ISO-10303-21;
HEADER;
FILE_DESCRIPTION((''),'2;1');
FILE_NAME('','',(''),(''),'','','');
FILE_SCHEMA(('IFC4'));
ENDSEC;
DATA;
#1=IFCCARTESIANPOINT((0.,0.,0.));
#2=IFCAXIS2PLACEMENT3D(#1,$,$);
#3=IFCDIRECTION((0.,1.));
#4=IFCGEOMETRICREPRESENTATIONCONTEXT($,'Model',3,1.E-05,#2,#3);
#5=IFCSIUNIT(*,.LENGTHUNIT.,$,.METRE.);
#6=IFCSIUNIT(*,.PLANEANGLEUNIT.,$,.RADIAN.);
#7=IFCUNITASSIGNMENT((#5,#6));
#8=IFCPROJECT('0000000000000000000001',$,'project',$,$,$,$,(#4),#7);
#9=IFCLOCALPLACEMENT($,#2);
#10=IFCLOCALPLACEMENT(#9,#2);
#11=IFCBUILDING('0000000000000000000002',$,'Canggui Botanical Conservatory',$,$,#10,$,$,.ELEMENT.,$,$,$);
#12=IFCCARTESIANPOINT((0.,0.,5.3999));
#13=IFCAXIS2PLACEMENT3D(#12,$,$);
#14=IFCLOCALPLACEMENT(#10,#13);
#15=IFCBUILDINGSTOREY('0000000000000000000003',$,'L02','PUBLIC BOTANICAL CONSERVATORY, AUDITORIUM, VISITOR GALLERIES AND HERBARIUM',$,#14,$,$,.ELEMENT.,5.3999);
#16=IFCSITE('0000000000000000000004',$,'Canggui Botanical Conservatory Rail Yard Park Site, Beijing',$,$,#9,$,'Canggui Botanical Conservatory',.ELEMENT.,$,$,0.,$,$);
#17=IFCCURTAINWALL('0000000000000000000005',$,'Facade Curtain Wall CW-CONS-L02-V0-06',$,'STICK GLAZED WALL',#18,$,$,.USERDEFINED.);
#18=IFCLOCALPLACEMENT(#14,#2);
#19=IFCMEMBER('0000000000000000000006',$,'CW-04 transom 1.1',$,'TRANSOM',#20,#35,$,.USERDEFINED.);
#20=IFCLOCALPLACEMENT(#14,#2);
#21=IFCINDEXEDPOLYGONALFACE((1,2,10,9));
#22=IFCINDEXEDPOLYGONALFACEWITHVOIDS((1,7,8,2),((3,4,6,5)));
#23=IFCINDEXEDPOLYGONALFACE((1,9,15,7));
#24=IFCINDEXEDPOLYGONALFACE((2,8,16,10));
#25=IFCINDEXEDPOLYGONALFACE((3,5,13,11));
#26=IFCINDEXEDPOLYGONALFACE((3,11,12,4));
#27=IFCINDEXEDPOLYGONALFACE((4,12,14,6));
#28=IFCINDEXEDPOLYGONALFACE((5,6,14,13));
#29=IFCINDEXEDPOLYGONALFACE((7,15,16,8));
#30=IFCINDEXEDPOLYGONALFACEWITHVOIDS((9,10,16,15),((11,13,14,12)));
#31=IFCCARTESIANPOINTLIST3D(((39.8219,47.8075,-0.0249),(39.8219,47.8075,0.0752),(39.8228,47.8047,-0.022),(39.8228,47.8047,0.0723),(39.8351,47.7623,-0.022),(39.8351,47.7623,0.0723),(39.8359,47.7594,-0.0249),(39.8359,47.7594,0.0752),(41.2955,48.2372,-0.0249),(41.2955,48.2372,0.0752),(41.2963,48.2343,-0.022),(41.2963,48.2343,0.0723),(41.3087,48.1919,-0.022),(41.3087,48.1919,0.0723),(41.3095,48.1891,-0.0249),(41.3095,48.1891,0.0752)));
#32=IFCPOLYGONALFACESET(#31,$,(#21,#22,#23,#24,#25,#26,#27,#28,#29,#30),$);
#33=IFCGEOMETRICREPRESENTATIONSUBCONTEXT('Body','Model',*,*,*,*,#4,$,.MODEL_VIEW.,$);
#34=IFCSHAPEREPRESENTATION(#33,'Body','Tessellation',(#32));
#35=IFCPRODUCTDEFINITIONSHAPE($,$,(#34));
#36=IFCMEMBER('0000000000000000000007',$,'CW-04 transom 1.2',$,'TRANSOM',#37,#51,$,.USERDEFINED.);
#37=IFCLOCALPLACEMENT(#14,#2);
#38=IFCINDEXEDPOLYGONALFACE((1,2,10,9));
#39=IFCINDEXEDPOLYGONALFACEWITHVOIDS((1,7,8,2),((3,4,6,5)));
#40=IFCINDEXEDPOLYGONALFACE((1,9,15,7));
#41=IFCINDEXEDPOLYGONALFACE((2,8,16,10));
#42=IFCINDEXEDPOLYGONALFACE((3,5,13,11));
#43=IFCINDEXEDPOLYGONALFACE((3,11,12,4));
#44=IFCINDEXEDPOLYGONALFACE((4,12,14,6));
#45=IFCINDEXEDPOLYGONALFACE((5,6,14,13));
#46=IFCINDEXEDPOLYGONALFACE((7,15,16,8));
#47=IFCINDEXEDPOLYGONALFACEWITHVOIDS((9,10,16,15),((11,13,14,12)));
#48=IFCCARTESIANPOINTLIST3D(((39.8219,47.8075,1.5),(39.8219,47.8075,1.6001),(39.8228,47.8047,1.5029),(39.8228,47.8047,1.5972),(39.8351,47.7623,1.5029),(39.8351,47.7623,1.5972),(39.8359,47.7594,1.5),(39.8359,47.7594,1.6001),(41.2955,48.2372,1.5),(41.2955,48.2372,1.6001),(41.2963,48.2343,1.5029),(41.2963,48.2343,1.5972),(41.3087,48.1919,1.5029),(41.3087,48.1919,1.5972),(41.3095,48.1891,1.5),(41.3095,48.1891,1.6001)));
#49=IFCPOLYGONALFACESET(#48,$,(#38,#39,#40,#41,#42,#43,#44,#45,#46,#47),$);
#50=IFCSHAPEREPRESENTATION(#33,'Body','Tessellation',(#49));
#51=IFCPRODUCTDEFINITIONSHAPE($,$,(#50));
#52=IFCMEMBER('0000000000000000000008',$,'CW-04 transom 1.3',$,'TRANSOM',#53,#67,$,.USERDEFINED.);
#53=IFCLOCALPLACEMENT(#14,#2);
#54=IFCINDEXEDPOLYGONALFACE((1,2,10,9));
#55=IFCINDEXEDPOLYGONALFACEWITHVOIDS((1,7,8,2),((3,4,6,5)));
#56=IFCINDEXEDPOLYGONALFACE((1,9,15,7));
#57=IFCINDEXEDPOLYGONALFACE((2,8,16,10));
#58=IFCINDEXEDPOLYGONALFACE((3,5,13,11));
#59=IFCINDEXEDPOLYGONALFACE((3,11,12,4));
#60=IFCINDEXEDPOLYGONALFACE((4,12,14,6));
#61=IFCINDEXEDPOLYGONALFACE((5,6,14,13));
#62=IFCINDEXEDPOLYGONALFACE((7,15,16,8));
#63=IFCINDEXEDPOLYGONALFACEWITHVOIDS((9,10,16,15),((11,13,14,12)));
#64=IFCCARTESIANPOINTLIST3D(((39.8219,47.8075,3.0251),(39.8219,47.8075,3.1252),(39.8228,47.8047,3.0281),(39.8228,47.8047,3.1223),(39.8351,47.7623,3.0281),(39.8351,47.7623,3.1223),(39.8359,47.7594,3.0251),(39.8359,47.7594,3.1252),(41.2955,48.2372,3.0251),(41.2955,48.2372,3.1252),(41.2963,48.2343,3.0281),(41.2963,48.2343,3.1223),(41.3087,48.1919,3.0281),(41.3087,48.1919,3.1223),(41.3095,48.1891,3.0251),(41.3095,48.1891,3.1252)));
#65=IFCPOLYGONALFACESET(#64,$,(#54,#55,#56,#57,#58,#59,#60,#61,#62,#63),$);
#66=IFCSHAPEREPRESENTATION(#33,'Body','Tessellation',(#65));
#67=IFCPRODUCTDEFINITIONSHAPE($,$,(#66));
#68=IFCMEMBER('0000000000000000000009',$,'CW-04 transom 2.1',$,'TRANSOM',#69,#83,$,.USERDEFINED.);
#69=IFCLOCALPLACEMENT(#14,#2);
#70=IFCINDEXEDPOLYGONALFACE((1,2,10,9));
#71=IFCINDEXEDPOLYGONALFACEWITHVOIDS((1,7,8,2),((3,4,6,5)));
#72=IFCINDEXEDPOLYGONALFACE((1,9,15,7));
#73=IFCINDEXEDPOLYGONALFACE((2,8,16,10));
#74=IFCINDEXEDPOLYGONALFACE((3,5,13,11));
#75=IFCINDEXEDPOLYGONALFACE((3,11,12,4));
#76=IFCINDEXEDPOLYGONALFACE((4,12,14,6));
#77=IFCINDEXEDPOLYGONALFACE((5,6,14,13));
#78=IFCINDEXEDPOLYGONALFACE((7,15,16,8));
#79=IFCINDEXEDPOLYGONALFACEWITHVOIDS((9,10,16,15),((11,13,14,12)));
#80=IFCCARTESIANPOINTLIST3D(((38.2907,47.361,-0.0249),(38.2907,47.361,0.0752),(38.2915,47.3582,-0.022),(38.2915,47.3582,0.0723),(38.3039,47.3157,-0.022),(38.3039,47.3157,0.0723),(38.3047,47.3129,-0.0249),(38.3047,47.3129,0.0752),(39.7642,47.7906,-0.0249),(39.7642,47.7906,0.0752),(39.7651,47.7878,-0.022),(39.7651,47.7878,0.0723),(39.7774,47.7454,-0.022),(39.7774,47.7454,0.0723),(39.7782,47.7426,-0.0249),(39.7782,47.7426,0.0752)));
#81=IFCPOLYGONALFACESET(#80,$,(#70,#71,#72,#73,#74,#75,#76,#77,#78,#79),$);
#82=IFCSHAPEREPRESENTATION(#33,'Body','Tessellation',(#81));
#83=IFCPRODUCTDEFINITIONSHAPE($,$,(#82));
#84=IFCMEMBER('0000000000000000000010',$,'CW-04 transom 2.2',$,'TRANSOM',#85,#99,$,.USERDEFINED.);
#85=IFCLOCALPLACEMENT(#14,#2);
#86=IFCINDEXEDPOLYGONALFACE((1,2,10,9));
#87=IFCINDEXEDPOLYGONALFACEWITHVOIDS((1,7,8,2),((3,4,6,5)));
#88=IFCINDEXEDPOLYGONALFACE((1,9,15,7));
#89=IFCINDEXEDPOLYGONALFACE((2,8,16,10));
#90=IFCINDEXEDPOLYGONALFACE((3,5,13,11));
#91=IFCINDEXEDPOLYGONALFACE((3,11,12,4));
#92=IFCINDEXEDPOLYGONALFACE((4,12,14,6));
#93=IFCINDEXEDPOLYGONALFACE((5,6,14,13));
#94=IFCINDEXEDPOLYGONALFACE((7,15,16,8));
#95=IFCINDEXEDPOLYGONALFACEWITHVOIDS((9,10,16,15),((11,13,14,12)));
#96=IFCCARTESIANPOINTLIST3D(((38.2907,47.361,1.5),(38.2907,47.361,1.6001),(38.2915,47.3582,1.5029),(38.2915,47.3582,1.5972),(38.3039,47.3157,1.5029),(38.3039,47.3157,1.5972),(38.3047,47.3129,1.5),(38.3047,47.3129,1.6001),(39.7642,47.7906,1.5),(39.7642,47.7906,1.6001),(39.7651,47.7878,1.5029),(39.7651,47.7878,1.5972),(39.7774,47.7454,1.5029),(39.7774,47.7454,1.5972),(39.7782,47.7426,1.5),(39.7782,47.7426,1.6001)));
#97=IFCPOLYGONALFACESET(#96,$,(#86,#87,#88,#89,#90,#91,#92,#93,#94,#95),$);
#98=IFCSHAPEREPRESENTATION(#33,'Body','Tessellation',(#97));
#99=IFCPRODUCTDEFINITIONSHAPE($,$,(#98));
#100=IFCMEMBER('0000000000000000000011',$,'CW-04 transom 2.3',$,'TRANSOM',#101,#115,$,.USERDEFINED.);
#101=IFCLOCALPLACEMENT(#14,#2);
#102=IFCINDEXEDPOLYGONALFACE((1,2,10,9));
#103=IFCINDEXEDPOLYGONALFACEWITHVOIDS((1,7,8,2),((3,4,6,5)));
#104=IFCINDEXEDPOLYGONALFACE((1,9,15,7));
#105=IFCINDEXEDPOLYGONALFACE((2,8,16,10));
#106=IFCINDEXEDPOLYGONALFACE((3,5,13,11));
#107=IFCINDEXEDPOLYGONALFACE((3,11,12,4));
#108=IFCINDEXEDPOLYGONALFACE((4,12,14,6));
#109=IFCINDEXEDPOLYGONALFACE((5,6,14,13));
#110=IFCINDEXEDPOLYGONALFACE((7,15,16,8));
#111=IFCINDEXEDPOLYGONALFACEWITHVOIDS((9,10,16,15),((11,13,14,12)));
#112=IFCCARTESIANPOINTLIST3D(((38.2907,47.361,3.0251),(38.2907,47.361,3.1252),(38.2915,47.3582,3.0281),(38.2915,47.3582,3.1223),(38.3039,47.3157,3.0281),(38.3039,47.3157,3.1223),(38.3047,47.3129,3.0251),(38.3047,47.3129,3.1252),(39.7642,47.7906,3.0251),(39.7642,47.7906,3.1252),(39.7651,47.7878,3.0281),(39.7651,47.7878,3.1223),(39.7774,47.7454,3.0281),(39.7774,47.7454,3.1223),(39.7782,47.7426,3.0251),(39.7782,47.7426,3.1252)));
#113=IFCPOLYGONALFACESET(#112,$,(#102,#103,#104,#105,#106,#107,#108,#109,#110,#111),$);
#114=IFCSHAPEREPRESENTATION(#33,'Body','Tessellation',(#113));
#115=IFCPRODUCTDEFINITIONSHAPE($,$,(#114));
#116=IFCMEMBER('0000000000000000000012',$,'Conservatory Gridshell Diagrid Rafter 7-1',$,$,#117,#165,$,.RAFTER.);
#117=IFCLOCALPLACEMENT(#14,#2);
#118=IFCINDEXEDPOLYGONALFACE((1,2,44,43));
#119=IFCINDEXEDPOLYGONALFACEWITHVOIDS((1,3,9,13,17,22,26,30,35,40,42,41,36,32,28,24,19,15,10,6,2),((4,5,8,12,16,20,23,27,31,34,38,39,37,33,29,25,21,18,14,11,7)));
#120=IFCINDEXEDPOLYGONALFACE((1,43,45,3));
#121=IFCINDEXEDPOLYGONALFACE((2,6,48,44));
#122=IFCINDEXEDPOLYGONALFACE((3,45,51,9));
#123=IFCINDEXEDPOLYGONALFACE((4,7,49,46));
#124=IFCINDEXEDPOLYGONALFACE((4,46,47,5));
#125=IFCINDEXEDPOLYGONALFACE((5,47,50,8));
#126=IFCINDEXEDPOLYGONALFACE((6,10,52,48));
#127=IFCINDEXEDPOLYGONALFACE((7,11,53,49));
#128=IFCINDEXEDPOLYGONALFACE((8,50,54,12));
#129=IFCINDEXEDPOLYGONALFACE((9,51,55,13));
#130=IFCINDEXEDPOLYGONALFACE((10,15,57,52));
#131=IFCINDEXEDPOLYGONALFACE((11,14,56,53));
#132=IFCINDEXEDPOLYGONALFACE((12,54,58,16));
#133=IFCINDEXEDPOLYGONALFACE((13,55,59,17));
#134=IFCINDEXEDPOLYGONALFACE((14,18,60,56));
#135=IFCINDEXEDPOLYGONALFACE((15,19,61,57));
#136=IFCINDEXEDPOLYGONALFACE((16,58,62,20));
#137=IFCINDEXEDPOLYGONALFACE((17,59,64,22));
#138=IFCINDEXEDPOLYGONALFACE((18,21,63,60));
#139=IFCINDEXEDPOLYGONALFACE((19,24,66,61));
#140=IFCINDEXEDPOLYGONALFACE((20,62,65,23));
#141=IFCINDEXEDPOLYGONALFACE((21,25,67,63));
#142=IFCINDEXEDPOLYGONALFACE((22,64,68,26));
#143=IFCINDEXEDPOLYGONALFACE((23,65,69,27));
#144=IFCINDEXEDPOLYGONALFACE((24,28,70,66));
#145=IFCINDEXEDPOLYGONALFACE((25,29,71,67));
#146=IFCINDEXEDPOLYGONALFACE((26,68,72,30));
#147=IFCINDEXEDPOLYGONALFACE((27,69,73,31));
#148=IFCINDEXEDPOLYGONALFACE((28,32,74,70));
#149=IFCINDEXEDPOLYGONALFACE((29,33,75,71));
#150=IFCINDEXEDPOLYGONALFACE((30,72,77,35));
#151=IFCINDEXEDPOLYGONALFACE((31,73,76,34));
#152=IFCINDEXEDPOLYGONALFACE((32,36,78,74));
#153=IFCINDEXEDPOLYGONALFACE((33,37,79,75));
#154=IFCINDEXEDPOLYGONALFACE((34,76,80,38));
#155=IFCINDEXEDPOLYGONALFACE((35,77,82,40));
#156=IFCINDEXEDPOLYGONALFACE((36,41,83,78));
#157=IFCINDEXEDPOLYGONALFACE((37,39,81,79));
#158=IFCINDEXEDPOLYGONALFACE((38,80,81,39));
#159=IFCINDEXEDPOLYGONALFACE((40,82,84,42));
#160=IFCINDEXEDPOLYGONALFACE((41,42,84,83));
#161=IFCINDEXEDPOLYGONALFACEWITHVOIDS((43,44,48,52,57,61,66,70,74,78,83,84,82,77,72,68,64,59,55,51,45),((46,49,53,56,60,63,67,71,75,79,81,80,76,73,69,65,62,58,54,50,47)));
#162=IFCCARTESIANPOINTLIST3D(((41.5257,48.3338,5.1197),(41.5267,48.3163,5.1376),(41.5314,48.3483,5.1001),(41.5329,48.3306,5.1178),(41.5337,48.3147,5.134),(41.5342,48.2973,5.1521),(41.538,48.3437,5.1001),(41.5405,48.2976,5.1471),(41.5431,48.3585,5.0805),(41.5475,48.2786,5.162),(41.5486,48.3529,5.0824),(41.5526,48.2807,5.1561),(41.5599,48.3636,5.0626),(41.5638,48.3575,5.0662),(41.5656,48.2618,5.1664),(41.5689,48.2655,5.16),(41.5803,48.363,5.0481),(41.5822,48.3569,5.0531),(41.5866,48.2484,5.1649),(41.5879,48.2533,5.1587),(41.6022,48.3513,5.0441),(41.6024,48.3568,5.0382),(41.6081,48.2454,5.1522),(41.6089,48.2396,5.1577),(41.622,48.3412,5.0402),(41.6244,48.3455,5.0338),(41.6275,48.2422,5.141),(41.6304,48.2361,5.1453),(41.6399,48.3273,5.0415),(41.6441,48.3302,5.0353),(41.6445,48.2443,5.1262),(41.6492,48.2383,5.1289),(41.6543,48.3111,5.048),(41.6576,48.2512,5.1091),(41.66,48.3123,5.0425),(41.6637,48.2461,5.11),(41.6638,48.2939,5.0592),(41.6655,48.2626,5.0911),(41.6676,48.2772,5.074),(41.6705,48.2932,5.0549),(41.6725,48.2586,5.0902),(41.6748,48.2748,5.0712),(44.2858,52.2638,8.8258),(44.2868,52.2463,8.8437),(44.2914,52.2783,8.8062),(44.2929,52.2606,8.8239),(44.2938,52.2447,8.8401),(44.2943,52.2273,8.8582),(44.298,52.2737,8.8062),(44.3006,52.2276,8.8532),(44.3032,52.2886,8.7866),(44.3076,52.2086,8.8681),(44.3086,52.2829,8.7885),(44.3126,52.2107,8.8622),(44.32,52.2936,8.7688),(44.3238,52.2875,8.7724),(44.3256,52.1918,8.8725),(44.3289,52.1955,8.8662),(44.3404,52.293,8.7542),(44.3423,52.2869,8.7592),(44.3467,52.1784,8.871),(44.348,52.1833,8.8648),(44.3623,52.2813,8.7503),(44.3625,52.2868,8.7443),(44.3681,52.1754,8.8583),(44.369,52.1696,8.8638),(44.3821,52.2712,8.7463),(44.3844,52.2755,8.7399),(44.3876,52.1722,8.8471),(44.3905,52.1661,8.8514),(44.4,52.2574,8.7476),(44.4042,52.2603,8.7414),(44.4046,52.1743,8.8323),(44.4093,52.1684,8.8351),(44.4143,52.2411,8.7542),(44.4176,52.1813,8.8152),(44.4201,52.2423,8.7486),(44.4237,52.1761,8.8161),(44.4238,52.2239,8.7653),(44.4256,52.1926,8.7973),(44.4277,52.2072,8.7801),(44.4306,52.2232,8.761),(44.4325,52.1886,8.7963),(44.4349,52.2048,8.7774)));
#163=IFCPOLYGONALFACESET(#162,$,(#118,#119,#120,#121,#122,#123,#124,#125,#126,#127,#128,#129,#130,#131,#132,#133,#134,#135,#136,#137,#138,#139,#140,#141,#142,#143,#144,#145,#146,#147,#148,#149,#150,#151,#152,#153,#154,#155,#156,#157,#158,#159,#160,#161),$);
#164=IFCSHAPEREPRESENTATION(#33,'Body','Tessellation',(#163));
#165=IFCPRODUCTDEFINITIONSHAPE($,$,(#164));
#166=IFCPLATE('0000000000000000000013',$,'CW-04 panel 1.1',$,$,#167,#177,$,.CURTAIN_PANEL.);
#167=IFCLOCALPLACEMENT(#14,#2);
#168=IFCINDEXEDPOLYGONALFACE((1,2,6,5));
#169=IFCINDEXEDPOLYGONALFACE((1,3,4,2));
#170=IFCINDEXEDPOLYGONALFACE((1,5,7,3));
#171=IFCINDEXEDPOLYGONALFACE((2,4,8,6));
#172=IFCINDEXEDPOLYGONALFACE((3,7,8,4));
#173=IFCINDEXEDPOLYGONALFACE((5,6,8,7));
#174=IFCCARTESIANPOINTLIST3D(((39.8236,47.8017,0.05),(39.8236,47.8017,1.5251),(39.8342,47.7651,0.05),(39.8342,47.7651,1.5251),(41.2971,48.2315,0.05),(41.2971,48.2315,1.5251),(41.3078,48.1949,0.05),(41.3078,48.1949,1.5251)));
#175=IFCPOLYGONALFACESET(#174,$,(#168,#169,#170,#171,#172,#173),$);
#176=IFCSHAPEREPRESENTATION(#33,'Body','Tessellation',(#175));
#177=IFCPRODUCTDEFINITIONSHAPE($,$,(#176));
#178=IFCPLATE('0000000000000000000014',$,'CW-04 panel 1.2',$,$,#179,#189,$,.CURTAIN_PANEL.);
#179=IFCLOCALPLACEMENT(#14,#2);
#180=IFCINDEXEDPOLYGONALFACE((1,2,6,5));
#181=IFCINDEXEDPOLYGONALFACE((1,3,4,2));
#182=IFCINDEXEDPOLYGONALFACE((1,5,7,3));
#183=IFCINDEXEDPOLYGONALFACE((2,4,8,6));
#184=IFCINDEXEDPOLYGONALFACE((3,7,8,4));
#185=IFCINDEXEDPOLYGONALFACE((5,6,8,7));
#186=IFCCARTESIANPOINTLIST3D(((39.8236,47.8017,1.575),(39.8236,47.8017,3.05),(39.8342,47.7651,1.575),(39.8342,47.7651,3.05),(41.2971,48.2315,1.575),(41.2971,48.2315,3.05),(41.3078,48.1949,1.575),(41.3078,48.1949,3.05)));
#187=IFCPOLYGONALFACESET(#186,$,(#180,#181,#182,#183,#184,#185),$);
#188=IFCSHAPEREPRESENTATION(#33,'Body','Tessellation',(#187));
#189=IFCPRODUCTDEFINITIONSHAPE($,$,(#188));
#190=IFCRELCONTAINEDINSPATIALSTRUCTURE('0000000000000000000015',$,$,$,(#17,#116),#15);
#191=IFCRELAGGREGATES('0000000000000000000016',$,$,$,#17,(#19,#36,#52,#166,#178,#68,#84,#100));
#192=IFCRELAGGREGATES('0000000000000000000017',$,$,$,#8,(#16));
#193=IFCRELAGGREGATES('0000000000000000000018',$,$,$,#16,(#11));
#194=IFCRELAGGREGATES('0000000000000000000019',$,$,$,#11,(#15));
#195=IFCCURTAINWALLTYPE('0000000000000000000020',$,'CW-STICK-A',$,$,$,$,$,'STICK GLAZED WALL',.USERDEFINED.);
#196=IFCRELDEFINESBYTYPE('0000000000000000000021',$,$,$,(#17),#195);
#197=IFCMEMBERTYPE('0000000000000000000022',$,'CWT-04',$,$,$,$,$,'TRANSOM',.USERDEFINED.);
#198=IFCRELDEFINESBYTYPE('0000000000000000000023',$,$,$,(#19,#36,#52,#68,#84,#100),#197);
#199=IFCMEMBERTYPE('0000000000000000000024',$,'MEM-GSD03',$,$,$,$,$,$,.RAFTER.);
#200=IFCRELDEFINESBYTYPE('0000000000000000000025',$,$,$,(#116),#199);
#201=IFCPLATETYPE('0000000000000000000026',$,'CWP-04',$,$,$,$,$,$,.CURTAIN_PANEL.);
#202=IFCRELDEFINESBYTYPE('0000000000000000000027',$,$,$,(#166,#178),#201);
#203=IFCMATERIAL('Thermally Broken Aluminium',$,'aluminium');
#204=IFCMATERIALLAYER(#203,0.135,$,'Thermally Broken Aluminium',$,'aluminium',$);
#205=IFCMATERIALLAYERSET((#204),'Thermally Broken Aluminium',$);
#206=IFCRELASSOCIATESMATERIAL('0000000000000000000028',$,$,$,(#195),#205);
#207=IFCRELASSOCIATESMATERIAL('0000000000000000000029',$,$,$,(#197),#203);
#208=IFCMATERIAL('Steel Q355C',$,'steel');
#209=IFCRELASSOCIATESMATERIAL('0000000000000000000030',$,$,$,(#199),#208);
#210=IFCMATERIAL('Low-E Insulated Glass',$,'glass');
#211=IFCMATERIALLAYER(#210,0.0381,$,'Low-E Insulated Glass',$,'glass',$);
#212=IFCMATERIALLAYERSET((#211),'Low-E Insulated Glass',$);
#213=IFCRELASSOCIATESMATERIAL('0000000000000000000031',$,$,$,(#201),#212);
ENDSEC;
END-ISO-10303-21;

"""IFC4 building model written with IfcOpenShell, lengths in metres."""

from ifc_helpers import new_model, si_unit, direction, frame, origin, origin_2d, place, context, subcontext, project, spatial, rectangle, hollow_rectangle, hollow_circle, extrude, material, layer, layer_set, material_profile, profile_set, type_object, element, aggregate, save


model = new_model("IFC4")

# Units and contexts
model_context = context("Model", 3, precision=1e-05, world=origin(), true_north=direction((0.0, 1.0)))
body_context = subcontext(model_context, "Body", "Model", "MODEL_VIEW")
ifc_project = project(units=[si_unit("LENGTHUNIT", "METRE"), si_unit("PLANEANGLEUNIT", "RADIAN")], contexts=[model_context])

# Site, building, storey
site_placement = place(None, origin())
site = spatial("IfcSite", under=ifc_project, at=site_placement, Name="Canggui Botanical Conservatory Rail Yard Park Site, Beijing", LongName="Canggui Botanical Conservatory", CompositionType="ELEMENT", RefElevation=0.0)
building_placement = place(site_placement, origin())
building = spatial("IfcBuilding", under=site, at=building_placement, Name="Canggui Botanical Conservatory", CompositionType="ELEMENT")
storey_placement = place(building_placement, frame((0.0, 0.0, 5.3999)))
storey = spatial("IfcBuildingStorey", under=building, at=storey_placement, Name="L02", Description="PUBLIC BOTANICAL CONSERVATORY, AUDITORIUM, VISITOR GALLERIES AND HERBARIUM", CompositionType="ELEMENT", Elevation=5.3999)

# Shared definitions
ifc_material_1 = material(Name="Steel Q355C", Category="steel")

# Curtain wall
ifc_material_2 = material(Name="Thermally Broken Aluminium", Category="aluminium")
ifc_layer_1 = layer(ifc_material_2, 0.135, Name="Thermally Broken Aluminium", Category="aluminium")
ifc_layer_set_1 = layer_set([ifc_layer_1], Name="Thermally Broken Aluminium")
curtain_wall_type_1 = type_object("IfcCurtainWallType", Name="CW-STICK-A", ElementType="STICK GLAZED WALL", PredefinedType="USERDEFINED", material=ifc_layer_set_1)
curtain_wall_1_placement = place(storey_placement, origin())
curtain_wall_1 = element("IfcCurtainWall", 1, at=curtain_wall_1_placement, inside=storey, type_object=curtain_wall_type_1, Name="Facade Curtain Wall CW-CONS-L02-V0-06", ObjectType="STICK GLAZED WALL", PredefinedType="USERDEFINED")

# Members
ifc_material_profile_1 = material_profile(ifc_material_2, hollow_rectangle(XDim=0.05, YDim=0.1001, WallThickness=0.0029, at=origin_2d()), Name="CWT 50x100x3")
ifc_profile_set_1 = profile_set([ifc_material_profile_1], Name="Thermally Broken Aluminium")
member_type_1 = type_object("IfcMemberType", Name="CWT-04", ElementType="TRANSOM", PredefinedType="USERDEFINED", material=ifc_profile_set_1)
member_1_placement = place(storey_placement, frame((41.3025, 48.2131, 0.0251), z_axis=(-0.960021, -0.279927, 0.0), x_axis=(0.279927, -0.960021, 0.0)))
member_1 = element("IfcMember", 2, at=member_1_placement, type_object=member_type_1, Name="CW-04 transom 1.1", ObjectType="TRANSOM", PredefinedType="USERDEFINED", context=body_context, shape_type="SweptSolid", body=[
    extrude(hollow_rectangle(XDim=0.05, YDim=0.1001, WallThickness=0.0029, at=origin_2d()), origin(), (0.0, 0.0, 1.0), 1.5349),
])
member_2_placement = place(storey_placement, frame((41.3025, 48.2131, 1.55), z_axis=(-0.960021, -0.279927, 0.0), x_axis=(0.279927, -0.960021, 0.0)))
member_2 = element("IfcMember", 3, at=member_2_placement, type_object=member_type_1, Name="CW-04 transom 1.2", ObjectType="TRANSOM", PredefinedType="USERDEFINED", context=body_context, shape_type="SweptSolid", body=[
    extrude(hollow_rectangle(XDim=0.05, YDim=0.1001, WallThickness=0.0029, at=origin_2d()), origin(), (0.0, 0.0, 1.0), 1.5349),
])
member_3_placement = place(storey_placement, frame((41.3025, 48.2131, 3.0752), z_axis=(-0.960021, -0.279927, 0.0), x_axis=(0.279927, -0.960021, 0.0)))
member_3 = element("IfcMember", 4, at=member_3_placement, type_object=member_type_1, Name="CW-04 transom 1.3", ObjectType="TRANSOM", PredefinedType="USERDEFINED", context=body_context, shape_type="SweptSolid", body=[
    extrude(hollow_rectangle(XDim=0.05, YDim=0.1001, WallThickness=0.0029, at=origin_2d()), origin(), (0.0, 0.0, 1.0), 1.5349),
])
member_4_placement = place(storey_placement, frame((39.7712, 47.7666, 0.0251), z_axis=(-0.960021, -0.279927, 0.0), x_axis=(0.279927, -0.960021, 0.0)))
member_4 = element("IfcMember", 5, at=member_4_placement, type_object=member_type_1, Name="CW-04 transom 2.1", ObjectType="TRANSOM", PredefinedType="USERDEFINED", context=body_context, shape_type="SweptSolid", body=[
    extrude(hollow_rectangle(XDim=0.05, YDim=0.1001, WallThickness=0.0029, at=origin_2d()), origin(), (0.0, 0.0, 1.0), 1.5349),
])
member_5_placement = place(storey_placement, frame((39.7712, 47.7666, 1.55), z_axis=(-0.960021, -0.279927, 0.0), x_axis=(0.279927, -0.960021, 0.0)))
member_5 = element("IfcMember", 6, at=member_5_placement, type_object=member_type_1, Name="CW-04 transom 2.2", ObjectType="TRANSOM", PredefinedType="USERDEFINED", context=body_context, shape_type="SweptSolid", body=[
    extrude(hollow_rectangle(XDim=0.05, YDim=0.1001, WallThickness=0.0029, at=origin_2d()), origin(), (0.0, 0.0, 1.0), 1.5349),
])
member_6_placement = place(storey_placement, frame((39.7712, 47.7666, 3.0752), z_axis=(-0.960021, -0.279927, 0.0), x_axis=(0.279927, -0.960021, 0.0)))
member_6 = element("IfcMember", 7, at=member_6_placement, type_object=member_type_1, Name="CW-04 transom 2.3", ObjectType="TRANSOM", PredefinedType="USERDEFINED", context=body_context, shape_type="SweptSolid", body=[
    extrude(hollow_rectangle(XDim=0.05, YDim=0.1001, WallThickness=0.0029, at=origin_2d()), origin(), (0.0, 0.0, 1.0), 1.5349),
])
ifc_material_profile_2 = material_profile(ifc_material_1, hollow_circle(Radius=0.084, WallThickness=0.0081, at=origin_2d()), Name="CHS 168x8")
ifc_profile_set_2 = profile_set([ifc_material_profile_2], Name="Steel Q355C")
member_type_2 = type_object("IfcMemberType", Name="MEM-GSD03", PredefinedType="RAFTER", material=ifc_profile_set_2)
member_7_placement = place(storey_placement, frame((41.6001, 48.3, 5.1001), z_axis=(0.454994, 0.647858, 0.610951), x_axis=(-0.818345, 0.574728, 0.0)))
element("IfcMember", 8, at=member_7_placement, inside=storey, type_object=member_type_2, Name="Conservatory Gridshell Diagrid Rafter 7-1", PredefinedType="RAFTER", context=body_context, shape_type="SweptSolid", body=[
    extrude(hollow_circle(Radius=0.084, WallThickness=0.0081, at=origin_2d()), origin(), (0.0, 0.0, 1.0), 6.0662),
])

# Plates
ifc_material_3 = material(Name="Low-E Insulated Glass", Category="glass")
ifc_layer_2 = layer(ifc_material_3, 0.0381, Name="Low-E Insulated Glass", Category="glass")
ifc_layer_set_2 = layer_set([ifc_layer_2], Name="Low-E Insulated Glass")
plate_type_1 = type_object("IfcPlateType", Name="CWP-04", PredefinedType="CURTAIN_PANEL", material=ifc_layer_set_2)
plate_1_placement = place(storey_placement, frame((40.5657, 47.9983, 0.05), z_axis=(0.0, 0.0, 1.0), x_axis=(-0.96, -0.28, 0.0)))
plate_1 = element("IfcPlate", 9, at=plate_1_placement, type_object=plate_type_1, Name="CW-04 panel 1.1", PredefinedType="CURTAIN_PANEL", context=body_context, shape_type="SweptSolid", body=[
    extrude(rectangle(XDim=1.5349, YDim=0.0381, at=origin_2d()), origin(), (0.0, 0.0, 1.0), 1.4751),
])
plate_2_placement = place(storey_placement, frame((40.5657, 47.9983, 1.575), z_axis=(0.0, 0.0, 1.0), x_axis=(-0.96, -0.28, 0.0)))
plate_2 = element("IfcPlate", 10, at=plate_2_placement, type_object=plate_type_1, Name="CW-04 panel 1.2", PredefinedType="CURTAIN_PANEL", context=body_context, shape_type="SweptSolid", body=[
    extrude(rectangle(XDim=1.5349, YDim=0.0381, at=origin_2d()), origin(), (0.0, 0.0, 1.0), 1.4751),
])
aggregate(curtain_wall_1, [member_1, member_2, member_3, plate_1, plate_2, member_4, member_5, member_6])

save(model, "model.ifc")
